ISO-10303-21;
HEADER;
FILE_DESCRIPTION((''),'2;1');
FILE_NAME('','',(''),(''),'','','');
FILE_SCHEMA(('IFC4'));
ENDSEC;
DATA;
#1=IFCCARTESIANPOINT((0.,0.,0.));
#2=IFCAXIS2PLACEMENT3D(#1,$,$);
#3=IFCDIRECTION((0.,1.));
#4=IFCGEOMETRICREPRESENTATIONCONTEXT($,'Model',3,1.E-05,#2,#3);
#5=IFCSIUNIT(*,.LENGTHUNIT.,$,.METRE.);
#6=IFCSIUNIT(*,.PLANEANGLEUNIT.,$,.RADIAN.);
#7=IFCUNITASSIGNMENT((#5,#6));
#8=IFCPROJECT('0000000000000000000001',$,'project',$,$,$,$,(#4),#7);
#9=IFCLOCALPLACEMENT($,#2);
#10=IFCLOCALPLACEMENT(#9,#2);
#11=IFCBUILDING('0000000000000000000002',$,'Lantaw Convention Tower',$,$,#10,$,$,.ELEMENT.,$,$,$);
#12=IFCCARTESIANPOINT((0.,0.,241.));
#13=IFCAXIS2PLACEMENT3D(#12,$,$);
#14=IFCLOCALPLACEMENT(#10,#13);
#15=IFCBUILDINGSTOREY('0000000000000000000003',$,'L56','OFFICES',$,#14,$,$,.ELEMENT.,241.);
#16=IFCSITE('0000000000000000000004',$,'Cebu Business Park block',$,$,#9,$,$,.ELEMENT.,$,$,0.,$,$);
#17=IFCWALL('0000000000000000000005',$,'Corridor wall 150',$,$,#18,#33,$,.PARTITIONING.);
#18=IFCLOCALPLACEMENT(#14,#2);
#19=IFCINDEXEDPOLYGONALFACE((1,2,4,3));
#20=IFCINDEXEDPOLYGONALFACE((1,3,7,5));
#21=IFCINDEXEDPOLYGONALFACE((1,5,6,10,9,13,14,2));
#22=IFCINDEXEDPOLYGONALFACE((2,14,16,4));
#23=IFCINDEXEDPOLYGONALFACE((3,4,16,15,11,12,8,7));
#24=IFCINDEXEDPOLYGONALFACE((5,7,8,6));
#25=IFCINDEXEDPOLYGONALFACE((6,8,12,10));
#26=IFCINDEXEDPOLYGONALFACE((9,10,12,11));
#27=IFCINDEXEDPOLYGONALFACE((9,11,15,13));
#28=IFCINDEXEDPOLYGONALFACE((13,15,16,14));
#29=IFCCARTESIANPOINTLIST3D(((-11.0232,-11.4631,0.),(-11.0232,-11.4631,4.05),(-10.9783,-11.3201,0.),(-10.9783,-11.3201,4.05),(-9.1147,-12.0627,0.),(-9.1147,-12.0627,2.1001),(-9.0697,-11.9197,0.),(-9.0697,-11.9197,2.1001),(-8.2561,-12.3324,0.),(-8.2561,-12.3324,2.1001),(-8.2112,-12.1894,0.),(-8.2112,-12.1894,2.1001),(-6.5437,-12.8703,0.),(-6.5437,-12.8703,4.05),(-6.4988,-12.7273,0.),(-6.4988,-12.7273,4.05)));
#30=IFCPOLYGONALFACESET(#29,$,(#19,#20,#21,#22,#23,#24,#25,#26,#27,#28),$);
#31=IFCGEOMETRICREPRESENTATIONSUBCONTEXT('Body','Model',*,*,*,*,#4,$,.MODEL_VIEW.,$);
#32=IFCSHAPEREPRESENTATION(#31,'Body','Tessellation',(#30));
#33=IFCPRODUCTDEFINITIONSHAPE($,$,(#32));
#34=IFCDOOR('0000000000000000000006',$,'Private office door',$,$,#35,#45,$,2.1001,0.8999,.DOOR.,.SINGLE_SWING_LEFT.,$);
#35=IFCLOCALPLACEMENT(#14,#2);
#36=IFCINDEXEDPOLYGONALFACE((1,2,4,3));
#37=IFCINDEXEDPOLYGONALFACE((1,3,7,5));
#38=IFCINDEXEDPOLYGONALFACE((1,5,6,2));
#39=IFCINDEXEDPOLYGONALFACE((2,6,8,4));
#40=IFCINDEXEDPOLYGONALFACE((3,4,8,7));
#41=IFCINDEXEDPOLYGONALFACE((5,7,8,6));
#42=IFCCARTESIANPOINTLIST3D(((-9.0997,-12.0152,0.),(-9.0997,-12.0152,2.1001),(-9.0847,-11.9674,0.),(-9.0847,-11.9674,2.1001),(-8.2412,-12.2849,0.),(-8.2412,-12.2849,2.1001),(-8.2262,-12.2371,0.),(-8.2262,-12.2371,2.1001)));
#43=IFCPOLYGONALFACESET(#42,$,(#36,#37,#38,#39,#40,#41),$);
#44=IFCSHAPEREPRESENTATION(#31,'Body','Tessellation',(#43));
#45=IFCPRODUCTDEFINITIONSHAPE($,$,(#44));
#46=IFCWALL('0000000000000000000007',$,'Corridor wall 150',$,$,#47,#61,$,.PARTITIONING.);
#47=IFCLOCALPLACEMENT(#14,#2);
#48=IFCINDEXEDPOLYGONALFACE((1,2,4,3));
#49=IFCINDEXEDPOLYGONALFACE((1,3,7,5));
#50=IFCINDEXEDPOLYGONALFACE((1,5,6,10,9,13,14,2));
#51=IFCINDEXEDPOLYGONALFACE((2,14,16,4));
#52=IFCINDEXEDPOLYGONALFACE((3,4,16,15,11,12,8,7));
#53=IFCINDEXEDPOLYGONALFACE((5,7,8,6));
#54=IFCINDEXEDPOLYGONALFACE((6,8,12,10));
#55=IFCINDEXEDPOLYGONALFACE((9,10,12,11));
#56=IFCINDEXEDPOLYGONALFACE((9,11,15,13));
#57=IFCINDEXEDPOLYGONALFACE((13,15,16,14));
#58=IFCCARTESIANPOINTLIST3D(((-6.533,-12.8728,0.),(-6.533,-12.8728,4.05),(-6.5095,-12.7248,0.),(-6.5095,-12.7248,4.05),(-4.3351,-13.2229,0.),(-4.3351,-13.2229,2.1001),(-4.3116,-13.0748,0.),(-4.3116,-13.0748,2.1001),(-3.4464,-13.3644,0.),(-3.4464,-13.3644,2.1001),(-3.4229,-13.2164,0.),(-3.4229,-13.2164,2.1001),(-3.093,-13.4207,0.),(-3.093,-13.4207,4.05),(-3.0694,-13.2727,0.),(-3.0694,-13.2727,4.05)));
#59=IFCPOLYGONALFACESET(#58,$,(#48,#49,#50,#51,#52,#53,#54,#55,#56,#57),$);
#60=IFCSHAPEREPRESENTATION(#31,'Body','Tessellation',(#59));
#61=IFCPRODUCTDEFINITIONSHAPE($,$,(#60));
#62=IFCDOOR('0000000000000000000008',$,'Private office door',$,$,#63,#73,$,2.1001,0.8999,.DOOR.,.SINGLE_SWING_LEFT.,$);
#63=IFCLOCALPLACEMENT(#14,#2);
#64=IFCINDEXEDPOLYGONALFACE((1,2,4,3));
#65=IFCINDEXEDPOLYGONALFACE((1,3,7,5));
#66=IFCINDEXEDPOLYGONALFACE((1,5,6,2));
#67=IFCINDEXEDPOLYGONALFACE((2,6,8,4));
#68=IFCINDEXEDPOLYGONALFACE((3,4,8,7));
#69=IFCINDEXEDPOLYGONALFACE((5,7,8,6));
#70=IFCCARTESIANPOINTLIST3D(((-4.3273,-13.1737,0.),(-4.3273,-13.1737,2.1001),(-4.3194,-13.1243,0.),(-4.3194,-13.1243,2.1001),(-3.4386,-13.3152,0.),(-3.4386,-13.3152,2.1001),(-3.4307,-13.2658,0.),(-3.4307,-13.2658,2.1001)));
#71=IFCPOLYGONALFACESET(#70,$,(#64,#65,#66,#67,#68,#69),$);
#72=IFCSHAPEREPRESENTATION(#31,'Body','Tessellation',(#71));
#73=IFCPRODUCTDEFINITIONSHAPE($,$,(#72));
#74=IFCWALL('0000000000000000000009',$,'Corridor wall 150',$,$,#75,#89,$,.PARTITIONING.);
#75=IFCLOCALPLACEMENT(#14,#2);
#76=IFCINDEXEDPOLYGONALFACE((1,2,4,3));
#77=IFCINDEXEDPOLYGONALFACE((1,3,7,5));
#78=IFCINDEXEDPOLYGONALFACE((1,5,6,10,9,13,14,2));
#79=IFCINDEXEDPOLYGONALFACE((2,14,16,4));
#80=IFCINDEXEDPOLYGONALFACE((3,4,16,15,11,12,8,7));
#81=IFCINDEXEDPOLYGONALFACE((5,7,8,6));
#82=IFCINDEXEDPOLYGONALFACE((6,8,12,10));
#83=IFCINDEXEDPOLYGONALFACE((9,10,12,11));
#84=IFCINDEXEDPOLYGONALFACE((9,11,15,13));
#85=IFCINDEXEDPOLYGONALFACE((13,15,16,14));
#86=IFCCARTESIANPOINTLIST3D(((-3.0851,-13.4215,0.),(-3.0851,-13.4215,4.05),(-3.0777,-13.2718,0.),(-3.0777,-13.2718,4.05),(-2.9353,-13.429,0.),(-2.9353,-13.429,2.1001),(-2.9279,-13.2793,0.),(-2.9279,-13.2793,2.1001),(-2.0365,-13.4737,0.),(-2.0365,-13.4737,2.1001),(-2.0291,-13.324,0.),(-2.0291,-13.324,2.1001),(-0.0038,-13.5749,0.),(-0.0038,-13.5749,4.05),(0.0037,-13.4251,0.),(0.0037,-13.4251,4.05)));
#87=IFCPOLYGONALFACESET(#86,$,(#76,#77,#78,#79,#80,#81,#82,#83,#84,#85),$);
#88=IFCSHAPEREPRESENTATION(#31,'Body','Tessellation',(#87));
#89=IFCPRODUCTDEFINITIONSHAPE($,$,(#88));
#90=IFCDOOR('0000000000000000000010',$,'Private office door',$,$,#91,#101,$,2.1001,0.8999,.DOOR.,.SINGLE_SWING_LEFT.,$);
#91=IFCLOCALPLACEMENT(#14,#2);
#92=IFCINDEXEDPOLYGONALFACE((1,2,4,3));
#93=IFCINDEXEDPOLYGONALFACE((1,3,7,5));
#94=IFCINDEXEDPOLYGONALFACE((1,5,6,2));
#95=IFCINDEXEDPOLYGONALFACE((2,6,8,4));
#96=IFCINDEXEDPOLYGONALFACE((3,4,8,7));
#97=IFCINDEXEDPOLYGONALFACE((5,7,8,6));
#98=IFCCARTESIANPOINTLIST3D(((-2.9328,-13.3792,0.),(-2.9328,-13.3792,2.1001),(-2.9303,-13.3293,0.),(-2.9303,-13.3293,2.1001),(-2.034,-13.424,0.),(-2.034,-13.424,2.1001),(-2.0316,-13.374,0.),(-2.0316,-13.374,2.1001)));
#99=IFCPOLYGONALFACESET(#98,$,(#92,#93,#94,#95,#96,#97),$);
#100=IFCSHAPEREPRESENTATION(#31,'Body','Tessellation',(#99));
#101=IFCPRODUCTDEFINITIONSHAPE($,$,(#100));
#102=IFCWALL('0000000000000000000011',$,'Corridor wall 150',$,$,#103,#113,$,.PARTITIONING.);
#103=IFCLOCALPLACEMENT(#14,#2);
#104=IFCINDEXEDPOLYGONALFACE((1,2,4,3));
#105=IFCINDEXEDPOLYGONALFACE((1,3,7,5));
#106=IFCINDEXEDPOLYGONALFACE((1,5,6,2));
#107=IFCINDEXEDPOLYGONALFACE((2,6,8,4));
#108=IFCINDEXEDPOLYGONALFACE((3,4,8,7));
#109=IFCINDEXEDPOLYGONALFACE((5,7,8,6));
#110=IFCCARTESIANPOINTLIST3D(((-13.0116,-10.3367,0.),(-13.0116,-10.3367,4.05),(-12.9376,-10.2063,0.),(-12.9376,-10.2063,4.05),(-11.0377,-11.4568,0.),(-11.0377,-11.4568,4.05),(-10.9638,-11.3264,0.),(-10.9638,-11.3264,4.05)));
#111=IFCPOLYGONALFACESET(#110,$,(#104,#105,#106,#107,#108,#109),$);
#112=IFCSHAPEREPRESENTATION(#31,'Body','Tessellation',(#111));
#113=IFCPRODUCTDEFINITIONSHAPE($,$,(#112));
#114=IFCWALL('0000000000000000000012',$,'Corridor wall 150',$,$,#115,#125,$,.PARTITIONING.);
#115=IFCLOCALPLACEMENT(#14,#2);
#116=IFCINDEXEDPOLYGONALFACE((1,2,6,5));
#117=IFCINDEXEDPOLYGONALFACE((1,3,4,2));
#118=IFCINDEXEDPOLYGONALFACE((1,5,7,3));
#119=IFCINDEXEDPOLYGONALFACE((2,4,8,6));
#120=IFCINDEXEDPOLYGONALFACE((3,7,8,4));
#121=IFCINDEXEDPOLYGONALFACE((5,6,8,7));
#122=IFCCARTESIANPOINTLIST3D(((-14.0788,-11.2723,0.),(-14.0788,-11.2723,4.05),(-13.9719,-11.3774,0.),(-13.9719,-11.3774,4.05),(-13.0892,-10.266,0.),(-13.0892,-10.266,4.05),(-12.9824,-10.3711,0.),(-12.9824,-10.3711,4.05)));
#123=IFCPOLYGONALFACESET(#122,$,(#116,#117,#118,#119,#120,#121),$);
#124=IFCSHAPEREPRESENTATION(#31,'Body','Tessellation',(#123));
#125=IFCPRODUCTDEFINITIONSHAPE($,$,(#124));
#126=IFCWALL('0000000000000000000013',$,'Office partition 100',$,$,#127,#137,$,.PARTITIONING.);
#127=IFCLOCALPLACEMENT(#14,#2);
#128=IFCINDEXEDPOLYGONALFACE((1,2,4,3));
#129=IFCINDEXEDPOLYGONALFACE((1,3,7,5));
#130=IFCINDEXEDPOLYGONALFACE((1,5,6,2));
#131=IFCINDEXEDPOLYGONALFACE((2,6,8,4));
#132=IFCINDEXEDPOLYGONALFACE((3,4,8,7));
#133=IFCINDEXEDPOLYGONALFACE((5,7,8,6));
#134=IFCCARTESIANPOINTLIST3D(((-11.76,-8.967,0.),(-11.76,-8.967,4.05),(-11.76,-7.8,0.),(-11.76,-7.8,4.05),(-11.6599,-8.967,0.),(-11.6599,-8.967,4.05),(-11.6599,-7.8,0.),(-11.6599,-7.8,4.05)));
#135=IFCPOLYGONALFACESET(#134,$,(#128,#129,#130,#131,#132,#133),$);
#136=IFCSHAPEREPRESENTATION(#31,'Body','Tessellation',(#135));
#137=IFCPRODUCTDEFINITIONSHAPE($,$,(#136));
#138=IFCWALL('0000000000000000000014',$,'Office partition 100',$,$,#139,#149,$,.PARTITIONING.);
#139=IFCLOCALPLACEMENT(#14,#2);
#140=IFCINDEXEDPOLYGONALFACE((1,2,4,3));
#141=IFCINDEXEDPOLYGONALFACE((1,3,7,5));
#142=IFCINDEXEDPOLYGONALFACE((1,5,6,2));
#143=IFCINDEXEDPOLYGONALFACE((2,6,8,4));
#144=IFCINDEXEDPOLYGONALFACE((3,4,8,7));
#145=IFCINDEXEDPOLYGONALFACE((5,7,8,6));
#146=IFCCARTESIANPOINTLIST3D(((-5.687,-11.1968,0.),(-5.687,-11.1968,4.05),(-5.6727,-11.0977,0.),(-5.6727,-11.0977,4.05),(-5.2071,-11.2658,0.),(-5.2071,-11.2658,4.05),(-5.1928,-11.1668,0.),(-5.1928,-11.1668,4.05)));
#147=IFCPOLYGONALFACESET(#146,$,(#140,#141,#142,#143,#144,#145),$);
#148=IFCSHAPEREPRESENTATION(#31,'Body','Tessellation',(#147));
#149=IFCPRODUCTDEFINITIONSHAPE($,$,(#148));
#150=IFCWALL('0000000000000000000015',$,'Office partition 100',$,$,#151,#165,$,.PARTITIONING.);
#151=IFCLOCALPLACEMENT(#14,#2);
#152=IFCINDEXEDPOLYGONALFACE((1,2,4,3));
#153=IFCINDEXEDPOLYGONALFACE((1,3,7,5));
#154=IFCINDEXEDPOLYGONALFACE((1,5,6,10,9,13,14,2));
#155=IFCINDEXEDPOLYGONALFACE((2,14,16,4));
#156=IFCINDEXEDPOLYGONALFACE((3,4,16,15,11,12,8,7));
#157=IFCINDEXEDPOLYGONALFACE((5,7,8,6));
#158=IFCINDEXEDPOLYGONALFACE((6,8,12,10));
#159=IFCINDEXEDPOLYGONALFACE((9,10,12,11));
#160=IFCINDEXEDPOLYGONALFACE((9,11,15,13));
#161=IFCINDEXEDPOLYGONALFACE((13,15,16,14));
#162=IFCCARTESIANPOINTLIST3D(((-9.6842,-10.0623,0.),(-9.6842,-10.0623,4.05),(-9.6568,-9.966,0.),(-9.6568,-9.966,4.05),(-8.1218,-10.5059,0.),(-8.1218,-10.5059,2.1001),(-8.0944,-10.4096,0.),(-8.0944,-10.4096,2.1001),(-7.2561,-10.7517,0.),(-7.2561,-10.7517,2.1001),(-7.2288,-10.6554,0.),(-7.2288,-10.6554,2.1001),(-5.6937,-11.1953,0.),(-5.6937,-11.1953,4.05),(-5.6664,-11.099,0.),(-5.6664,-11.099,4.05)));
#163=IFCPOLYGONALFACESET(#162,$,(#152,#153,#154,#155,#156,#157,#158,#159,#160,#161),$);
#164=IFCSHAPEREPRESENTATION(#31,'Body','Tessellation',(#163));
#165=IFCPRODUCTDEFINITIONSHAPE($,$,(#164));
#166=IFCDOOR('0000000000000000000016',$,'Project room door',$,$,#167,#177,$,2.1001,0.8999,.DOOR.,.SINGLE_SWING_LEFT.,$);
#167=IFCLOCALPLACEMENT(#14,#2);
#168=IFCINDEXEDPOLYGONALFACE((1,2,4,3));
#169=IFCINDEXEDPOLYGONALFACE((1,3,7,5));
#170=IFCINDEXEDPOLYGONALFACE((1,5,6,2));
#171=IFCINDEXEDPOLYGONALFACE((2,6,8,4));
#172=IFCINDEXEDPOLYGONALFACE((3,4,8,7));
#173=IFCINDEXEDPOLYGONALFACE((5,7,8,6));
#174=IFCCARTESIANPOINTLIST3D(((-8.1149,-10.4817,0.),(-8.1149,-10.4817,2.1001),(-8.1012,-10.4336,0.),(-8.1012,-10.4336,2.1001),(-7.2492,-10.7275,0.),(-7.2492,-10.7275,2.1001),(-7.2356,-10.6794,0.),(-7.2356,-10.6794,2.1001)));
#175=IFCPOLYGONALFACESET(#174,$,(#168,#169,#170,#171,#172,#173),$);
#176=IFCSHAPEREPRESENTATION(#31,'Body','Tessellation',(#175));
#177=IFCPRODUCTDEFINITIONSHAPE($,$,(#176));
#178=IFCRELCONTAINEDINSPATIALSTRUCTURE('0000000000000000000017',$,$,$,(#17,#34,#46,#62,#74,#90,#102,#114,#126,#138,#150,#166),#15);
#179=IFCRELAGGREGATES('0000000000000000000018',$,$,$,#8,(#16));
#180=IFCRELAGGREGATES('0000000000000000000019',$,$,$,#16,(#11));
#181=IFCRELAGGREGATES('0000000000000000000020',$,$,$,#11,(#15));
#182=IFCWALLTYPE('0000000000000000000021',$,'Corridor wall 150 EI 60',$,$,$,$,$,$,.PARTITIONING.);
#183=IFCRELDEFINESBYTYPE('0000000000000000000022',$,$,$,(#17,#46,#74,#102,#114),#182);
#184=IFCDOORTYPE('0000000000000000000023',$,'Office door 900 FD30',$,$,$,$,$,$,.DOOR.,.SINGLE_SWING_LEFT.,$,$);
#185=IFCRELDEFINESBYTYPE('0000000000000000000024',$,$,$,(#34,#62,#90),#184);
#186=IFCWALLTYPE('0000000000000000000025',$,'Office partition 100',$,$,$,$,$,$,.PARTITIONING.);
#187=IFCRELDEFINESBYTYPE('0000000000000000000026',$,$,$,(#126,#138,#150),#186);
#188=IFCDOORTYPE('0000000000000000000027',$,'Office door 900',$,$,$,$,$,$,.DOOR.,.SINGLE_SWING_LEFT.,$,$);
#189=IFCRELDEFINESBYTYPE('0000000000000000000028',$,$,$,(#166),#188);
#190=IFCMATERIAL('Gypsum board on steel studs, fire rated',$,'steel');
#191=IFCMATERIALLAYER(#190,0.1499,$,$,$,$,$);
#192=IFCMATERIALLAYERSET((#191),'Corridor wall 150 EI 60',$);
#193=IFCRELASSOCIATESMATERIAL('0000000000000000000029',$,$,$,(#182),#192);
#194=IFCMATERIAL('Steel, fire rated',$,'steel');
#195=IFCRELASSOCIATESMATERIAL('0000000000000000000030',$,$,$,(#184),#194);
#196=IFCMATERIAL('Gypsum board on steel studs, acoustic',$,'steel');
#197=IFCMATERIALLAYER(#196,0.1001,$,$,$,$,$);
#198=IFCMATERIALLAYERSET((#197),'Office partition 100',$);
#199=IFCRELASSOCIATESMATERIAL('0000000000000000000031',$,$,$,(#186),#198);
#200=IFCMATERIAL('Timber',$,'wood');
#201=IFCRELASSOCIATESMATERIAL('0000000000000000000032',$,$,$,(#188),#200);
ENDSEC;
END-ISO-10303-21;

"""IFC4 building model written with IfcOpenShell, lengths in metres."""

from ifc_helpers import new_model, si_unit, direction, frame, frame_2d, origin, place, context, subcontext, project, spatial, rectangle, extrude, material, layer, layer_set, type_object, element, fill, save


model = new_model("IFC4")

# Units and contexts
model_context = context("Model", 3, precision=1e-05, world=origin(), true_north=direction((0.0, 1.0)))
body_context = subcontext(model_context, "Body", "Model", "MODEL_VIEW")
ifc_project = project(units=[si_unit("LENGTHUNIT", "METRE"), si_unit("PLANEANGLEUNIT", "RADIAN")], contexts=[model_context])

# Site, building, storey
site_placement = place(None, origin())
site = spatial("IfcSite", under=ifc_project, at=site_placement, Name="Cebu Business Park block", CompositionType="ELEMENT", RefElevation=0.0)
building_placement = place(site_placement, origin())
building = spatial("IfcBuilding", under=site, at=building_placement, Name="Lantaw Convention Tower", CompositionType="ELEMENT")
storey_placement = place(building_placement, frame((0.0, 0.0, 241.0)))
storey = spatial("IfcBuildingStorey", under=building, at=storey_placement, Name="L56", Description="OFFICES", CompositionType="ELEMENT", Elevation=241.0)

# Walls, openings, doors
ifc_material_1 = material(Name="Gypsum board on steel studs, fire rated", Category="steel")
ifc_layer_1 = layer(ifc_material_1, 0.1499)
ifc_layer_set_1 = layer_set([ifc_layer_1], Name="Corridor wall 150 EI 60")
wall_type_1 = type_object("IfcWallType", Name="Corridor wall 150 EI 60", PredefinedType="PARTITIONING", material=ifc_layer_set_1)
wall_1_placement = place(storey_placement, frame((-11.0007, -11.3916, 0.0), z_axis=(0.0, 0.0, 1.0), x_axis=(0.954031, -0.299708, 0.0)))
wall_1 = element("IfcWall", 1, at=wall_1_placement, inside=storey, type_object=wall_type_1, Name="Corridor wall 150", PredefinedType="PARTITIONING", context=body_context, shape_type="SweptSolid", body=[
    extrude(rectangle(XDim=4.6953, YDim=0.1499, at=frame_2d((2.3477, 0.0))), origin(), (0.0, 0.0, 1.0), 4.05),
])
opening_1_placement = place(wall_1_placement, frame((2.0005, 0.0, 0.0)))
opening_1 = element("IfcOpeningElement", 2, at=opening_1_placement, cuts=wall_1, PredefinedType="OPENING", context=body_context, shape_type="SweptSolid", body=[
    extrude(rectangle(XDim=0.8999, YDim=2.1001, at=frame_2d((0.45, 1.05))), frame((0.0, 0.085, 0.0), z_axis=(0.0, -1.0, 0.0), x_axis=(1.0, 0.0, 0.0)), (0.0, 0.0, 1.0), 0.1699),
])
ifc_material_2 = material(Name="Steel, fire rated", Category="steel")
door_type_1 = type_object("IfcDoorType", Name="Office door 900 FD30", OperationType="SINGLE_SWING_LEFT", PredefinedType="DOOR", material=ifc_material_2)
door_1_placement = place(opening_1_placement, origin())
door_1 = element("IfcDoor", 3, at=door_1_placement, inside=storey, type_object=door_type_1, Name="Private office door", OperationType="SINGLE_SWING_LEFT", OverallHeight=2.1001, OverallWidth=0.8999, PredefinedType="DOOR", context=body_context, shape_type="SweptSolid", body=[
    extrude(rectangle(XDim=0.8999, YDim=2.1001, at=frame_2d((0.45, 1.05))), frame((0.0, 0.0249, 0.0), z_axis=(0.0, -1.0, 0.0), x_axis=(1.0, 0.0, 0.0)), (0.0, 0.0, 1.0), 0.05),
])
fill(opening_1, door_1)
wall_2_placement = place(storey_placement, frame((-6.5212, -12.7988, 0.0), z_axis=(0.0, 0.0, 1.0), x_axis=(0.987554, -0.15728, 0.0)))
wall_2 = element("IfcWall", 4, at=wall_2_placement, inside=storey, type_object=wall_type_1, Name="Corridor wall 150", PredefinedType="PARTITIONING", context=body_context, shape_type="SweptSolid", body=[
    extrude(rectangle(XDim=3.4834, YDim=0.1499, at=frame_2d((1.7417, 0.0))), origin(), (0.0, 0.0, 1.0), 4.05),
])
opening_2_placement = place(wall_2_placement, frame((2.2256, 0.0, 0.0)))
opening_2 = element("IfcOpeningElement", 5, at=opening_2_placement, cuts=wall_2, PredefinedType="OPENING", context=body_context, shape_type="SweptSolid", body=[
    extrude(rectangle(XDim=0.8999, YDim=2.1001, at=frame_2d((0.45, 1.05))), frame((0.0, 0.085, 0.0), z_axis=(0.0, -1.0, 0.0), x_axis=(1.0, 0.0, 0.0)), (0.0, 0.0, 1.0), 0.1699),
])
door_2_placement = place(opening_2_placement, origin())
door_2 = element("IfcDoor", 6, at=door_2_placement, inside=storey, type_object=door_type_1, Name="Private office door", OperationType="SINGLE_SWING_LEFT", OverallHeight=2.1001, OverallWidth=0.8999, PredefinedType="DOOR", context=body_context, shape_type="SweptSolid", body=[
    extrude(rectangle(XDim=0.8999, YDim=2.1001, at=frame_2d((0.45, 1.05))), frame((0.0, 0.0249, 0.0), z_axis=(0.0, -1.0, 0.0), x_axis=(1.0, 0.0, 0.0)), (0.0, 0.0, 1.0), 0.05),
])
fill(opening_2, door_2)
wall_3_placement = place(storey_placement, frame((-3.0813, -13.3467, 0.0), z_axis=(0.0, 0.0, 1.0), x_axis=(0.998764, -0.049697, 0.0)))
wall_3 = element("IfcWall", 7, at=wall_3_placement, inside=storey, type_object=wall_type_1, Name="Corridor wall 150", PredefinedType="PARTITIONING", context=body_context, shape_type="SweptSolid", body=[
    extrude(rectangle(XDim=3.0852, YDim=0.1499, at=frame_2d((1.5425, 0.0))), origin(), (0.0, 0.0, 1.0), 4.05),
])
opening_3_placement = place(wall_3_placement, frame((0.1499, 0.0, 0.0)))
opening_3 = element("IfcOpeningElement", 8, at=opening_3_placement, cuts=wall_3, PredefinedType="OPENING", context=body_context, shape_type="SweptSolid", body=[
    extrude(rectangle(XDim=0.8999, YDim=2.1001, at=frame_2d((0.45, 1.05))), frame((0.0, 0.085, 0.0), z_axis=(0.0, -1.0, 0.0), x_axis=(1.0, 0.0, 0.0)), (0.0, 0.0, 1.0), 0.1699),
])
door_3_placement = place(opening_3_placement, origin())
door_3 = element("IfcDoor", 9, at=door_3_placement, inside=storey, type_object=door_type_1, Name="Private office door", OperationType="SINGLE_SWING_LEFT", OverallHeight=2.1001, OverallWidth=0.8999, PredefinedType="DOOR", context=body_context, shape_type="SweptSolid", body=[
    extrude(rectangle(XDim=0.8999, YDim=2.1001, at=frame_2d((0.45, 1.05))), frame((0.0, 0.0249, 0.0), z_axis=(0.0, -1.0, 0.0), x_axis=(1.0, 0.0, 0.0)), (0.0, 0.0, 1.0), 0.05),
])
fill(opening_3, door_3)

# Walls
wall_4_placement = place(storey_placement, frame((-12.9746, -10.2715, 0.0), z_axis=(0.0, 0.0, 1.0), x_axis=(0.869722, -0.493542, 0.0)))
element("IfcWall", 10, at=wall_4_placement, inside=storey, type_object=wall_type_1, Name="Corridor wall 150", PredefinedType="PARTITIONING", context=body_context, shape_type="SweptSolid", body=[
    extrude(rectangle(XDim=2.2695, YDim=0.1499, at=frame_2d((1.1348, 0.0))), origin(), (0.0, 0.0, 1.0), 4.05),
])
wall_5_placement = place(storey_placement, frame((-13.0359, -10.3186, 0.0), z_axis=(0.0, 0.0, 1.0), x_axis=(-0.701114, -0.71305, 0.0)))
element("IfcWall", 11, at=wall_5_placement, inside=storey, type_object=wall_type_1, Name="Corridor wall 150", PredefinedType="PARTITIONING", context=body_context, shape_type="SweptSolid", body=[
    extrude(rectangle(XDim=1.4114, YDim=0.1499, at=frame_2d((0.7056, 0.0))), origin(), (0.0, 0.0, 1.0), 4.05),
])
ifc_material_3 = material(Name="Gypsum board on steel studs, acoustic", Category="steel")
ifc_layer_2 = layer(ifc_material_3, 0.1001)
ifc_layer_set_2 = layer_set([ifc_layer_2], Name="Office partition 100")
wall_type_2 = type_object("IfcWallType", Name="Office partition 100", PredefinedType="PARTITIONING", material=ifc_layer_set_2)
wall_6_placement = place(storey_placement, frame((-11.71, -7.8, 0.0), z_axis=(0.0, 0.0, 1.0), x_axis=(0.0, -1.0, 0.0)))
element("IfcWall", 12, at=wall_6_placement, inside=storey, type_object=wall_type_2, Name="Office partition 100", PredefinedType="PARTITIONING", context=body_context, shape_type="SweptSolid", body=[
    extrude(rectangle(XDim=1.167, YDim=0.1001, at=frame_2d((0.5835, 0.0))), origin(), (0.0, 0.0, 1.0), 4.05),
])
wall_7_placement = place(storey_placement, frame((-5.2, -11.2163, 0.0), z_axis=(0.0, 0.0, 1.0), x_axis=(-0.989798, 0.142479, 0.0)))
element("IfcWall", 13, at=wall_7_placement, inside=storey, type_object=wall_type_2, Name="Office partition 100", PredefinedType="PARTITIONING", context=body_context, shape_type="SweptSolid", body=[
    extrude(rectangle(XDim=0.4849, YDim=0.1001, at=frame_2d((0.2424, 0.0))), origin(), (0.0, 0.0, 1.0), 4.05),
])

# Wall, opening, door
wall_8_placement = place(storey_placement, frame((-5.6799, -11.1472, 0.0), z_axis=(0.0, 0.0, 1.0), x_axis=(-0.961973, 0.273143, 0.0)))
wall_8 = element("IfcWall", 14, at=wall_8_placement, inside=storey, type_object=wall_type_2, Name="Office partition 100", PredefinedType="PARTITIONING", context=body_context, shape_type="SweptSolid", body=[
    extrude(rectangle(XDim=4.1482, YDim=0.1001, at=frame_2d((2.0742, 0.0))), origin(), (0.0, 0.0, 1.0), 4.05),
])
opening_4_placement = place(wall_8_placement, frame((1.6243, 0.0, 0.0)))
opening_4 = element("IfcOpeningElement", 15, at=opening_4_placement, cuts=wall_8, PredefinedType="OPENING", context=body_context, shape_type="SweptSolid", body=[
    extrude(rectangle(XDim=0.8999, YDim=2.1001, at=frame_2d((0.45, 1.05))), frame((0.0, 0.0601, 0.0), z_axis=(0.0, -1.0, 0.0), x_axis=(1.0, 0.0, 0.0)), (0.0, 0.0, 1.0), 0.1201),
])
ifc_material_4 = material(Name="Timber", Category="wood")
door_type_2 = type_object("IfcDoorType", Name="Office door 900", OperationType="SINGLE_SWING_LEFT", PredefinedType="DOOR", material=ifc_material_4)
door_4_placement = place(opening_4_placement, origin())
door_4 = element("IfcDoor", 16, at=door_4_placement, inside=storey, type_object=door_type_2, Name="Project room door", OperationType="SINGLE_SWING_LEFT", OverallHeight=2.1001, OverallWidth=0.8999, PredefinedType="DOOR", context=body_context, shape_type="SweptSolid", body=[
    extrude(rectangle(XDim=0.8999, YDim=2.1001, at=frame_2d((0.45, 1.05))), frame((0.0, 0.0249, 0.0), z_axis=(0.0, -1.0, 0.0), x_axis=(1.0, 0.0, 0.0)), (0.0, 0.0, 1.0), 0.05),
])
fill(opening_4, door_4)

save(model, "model.ifc")
